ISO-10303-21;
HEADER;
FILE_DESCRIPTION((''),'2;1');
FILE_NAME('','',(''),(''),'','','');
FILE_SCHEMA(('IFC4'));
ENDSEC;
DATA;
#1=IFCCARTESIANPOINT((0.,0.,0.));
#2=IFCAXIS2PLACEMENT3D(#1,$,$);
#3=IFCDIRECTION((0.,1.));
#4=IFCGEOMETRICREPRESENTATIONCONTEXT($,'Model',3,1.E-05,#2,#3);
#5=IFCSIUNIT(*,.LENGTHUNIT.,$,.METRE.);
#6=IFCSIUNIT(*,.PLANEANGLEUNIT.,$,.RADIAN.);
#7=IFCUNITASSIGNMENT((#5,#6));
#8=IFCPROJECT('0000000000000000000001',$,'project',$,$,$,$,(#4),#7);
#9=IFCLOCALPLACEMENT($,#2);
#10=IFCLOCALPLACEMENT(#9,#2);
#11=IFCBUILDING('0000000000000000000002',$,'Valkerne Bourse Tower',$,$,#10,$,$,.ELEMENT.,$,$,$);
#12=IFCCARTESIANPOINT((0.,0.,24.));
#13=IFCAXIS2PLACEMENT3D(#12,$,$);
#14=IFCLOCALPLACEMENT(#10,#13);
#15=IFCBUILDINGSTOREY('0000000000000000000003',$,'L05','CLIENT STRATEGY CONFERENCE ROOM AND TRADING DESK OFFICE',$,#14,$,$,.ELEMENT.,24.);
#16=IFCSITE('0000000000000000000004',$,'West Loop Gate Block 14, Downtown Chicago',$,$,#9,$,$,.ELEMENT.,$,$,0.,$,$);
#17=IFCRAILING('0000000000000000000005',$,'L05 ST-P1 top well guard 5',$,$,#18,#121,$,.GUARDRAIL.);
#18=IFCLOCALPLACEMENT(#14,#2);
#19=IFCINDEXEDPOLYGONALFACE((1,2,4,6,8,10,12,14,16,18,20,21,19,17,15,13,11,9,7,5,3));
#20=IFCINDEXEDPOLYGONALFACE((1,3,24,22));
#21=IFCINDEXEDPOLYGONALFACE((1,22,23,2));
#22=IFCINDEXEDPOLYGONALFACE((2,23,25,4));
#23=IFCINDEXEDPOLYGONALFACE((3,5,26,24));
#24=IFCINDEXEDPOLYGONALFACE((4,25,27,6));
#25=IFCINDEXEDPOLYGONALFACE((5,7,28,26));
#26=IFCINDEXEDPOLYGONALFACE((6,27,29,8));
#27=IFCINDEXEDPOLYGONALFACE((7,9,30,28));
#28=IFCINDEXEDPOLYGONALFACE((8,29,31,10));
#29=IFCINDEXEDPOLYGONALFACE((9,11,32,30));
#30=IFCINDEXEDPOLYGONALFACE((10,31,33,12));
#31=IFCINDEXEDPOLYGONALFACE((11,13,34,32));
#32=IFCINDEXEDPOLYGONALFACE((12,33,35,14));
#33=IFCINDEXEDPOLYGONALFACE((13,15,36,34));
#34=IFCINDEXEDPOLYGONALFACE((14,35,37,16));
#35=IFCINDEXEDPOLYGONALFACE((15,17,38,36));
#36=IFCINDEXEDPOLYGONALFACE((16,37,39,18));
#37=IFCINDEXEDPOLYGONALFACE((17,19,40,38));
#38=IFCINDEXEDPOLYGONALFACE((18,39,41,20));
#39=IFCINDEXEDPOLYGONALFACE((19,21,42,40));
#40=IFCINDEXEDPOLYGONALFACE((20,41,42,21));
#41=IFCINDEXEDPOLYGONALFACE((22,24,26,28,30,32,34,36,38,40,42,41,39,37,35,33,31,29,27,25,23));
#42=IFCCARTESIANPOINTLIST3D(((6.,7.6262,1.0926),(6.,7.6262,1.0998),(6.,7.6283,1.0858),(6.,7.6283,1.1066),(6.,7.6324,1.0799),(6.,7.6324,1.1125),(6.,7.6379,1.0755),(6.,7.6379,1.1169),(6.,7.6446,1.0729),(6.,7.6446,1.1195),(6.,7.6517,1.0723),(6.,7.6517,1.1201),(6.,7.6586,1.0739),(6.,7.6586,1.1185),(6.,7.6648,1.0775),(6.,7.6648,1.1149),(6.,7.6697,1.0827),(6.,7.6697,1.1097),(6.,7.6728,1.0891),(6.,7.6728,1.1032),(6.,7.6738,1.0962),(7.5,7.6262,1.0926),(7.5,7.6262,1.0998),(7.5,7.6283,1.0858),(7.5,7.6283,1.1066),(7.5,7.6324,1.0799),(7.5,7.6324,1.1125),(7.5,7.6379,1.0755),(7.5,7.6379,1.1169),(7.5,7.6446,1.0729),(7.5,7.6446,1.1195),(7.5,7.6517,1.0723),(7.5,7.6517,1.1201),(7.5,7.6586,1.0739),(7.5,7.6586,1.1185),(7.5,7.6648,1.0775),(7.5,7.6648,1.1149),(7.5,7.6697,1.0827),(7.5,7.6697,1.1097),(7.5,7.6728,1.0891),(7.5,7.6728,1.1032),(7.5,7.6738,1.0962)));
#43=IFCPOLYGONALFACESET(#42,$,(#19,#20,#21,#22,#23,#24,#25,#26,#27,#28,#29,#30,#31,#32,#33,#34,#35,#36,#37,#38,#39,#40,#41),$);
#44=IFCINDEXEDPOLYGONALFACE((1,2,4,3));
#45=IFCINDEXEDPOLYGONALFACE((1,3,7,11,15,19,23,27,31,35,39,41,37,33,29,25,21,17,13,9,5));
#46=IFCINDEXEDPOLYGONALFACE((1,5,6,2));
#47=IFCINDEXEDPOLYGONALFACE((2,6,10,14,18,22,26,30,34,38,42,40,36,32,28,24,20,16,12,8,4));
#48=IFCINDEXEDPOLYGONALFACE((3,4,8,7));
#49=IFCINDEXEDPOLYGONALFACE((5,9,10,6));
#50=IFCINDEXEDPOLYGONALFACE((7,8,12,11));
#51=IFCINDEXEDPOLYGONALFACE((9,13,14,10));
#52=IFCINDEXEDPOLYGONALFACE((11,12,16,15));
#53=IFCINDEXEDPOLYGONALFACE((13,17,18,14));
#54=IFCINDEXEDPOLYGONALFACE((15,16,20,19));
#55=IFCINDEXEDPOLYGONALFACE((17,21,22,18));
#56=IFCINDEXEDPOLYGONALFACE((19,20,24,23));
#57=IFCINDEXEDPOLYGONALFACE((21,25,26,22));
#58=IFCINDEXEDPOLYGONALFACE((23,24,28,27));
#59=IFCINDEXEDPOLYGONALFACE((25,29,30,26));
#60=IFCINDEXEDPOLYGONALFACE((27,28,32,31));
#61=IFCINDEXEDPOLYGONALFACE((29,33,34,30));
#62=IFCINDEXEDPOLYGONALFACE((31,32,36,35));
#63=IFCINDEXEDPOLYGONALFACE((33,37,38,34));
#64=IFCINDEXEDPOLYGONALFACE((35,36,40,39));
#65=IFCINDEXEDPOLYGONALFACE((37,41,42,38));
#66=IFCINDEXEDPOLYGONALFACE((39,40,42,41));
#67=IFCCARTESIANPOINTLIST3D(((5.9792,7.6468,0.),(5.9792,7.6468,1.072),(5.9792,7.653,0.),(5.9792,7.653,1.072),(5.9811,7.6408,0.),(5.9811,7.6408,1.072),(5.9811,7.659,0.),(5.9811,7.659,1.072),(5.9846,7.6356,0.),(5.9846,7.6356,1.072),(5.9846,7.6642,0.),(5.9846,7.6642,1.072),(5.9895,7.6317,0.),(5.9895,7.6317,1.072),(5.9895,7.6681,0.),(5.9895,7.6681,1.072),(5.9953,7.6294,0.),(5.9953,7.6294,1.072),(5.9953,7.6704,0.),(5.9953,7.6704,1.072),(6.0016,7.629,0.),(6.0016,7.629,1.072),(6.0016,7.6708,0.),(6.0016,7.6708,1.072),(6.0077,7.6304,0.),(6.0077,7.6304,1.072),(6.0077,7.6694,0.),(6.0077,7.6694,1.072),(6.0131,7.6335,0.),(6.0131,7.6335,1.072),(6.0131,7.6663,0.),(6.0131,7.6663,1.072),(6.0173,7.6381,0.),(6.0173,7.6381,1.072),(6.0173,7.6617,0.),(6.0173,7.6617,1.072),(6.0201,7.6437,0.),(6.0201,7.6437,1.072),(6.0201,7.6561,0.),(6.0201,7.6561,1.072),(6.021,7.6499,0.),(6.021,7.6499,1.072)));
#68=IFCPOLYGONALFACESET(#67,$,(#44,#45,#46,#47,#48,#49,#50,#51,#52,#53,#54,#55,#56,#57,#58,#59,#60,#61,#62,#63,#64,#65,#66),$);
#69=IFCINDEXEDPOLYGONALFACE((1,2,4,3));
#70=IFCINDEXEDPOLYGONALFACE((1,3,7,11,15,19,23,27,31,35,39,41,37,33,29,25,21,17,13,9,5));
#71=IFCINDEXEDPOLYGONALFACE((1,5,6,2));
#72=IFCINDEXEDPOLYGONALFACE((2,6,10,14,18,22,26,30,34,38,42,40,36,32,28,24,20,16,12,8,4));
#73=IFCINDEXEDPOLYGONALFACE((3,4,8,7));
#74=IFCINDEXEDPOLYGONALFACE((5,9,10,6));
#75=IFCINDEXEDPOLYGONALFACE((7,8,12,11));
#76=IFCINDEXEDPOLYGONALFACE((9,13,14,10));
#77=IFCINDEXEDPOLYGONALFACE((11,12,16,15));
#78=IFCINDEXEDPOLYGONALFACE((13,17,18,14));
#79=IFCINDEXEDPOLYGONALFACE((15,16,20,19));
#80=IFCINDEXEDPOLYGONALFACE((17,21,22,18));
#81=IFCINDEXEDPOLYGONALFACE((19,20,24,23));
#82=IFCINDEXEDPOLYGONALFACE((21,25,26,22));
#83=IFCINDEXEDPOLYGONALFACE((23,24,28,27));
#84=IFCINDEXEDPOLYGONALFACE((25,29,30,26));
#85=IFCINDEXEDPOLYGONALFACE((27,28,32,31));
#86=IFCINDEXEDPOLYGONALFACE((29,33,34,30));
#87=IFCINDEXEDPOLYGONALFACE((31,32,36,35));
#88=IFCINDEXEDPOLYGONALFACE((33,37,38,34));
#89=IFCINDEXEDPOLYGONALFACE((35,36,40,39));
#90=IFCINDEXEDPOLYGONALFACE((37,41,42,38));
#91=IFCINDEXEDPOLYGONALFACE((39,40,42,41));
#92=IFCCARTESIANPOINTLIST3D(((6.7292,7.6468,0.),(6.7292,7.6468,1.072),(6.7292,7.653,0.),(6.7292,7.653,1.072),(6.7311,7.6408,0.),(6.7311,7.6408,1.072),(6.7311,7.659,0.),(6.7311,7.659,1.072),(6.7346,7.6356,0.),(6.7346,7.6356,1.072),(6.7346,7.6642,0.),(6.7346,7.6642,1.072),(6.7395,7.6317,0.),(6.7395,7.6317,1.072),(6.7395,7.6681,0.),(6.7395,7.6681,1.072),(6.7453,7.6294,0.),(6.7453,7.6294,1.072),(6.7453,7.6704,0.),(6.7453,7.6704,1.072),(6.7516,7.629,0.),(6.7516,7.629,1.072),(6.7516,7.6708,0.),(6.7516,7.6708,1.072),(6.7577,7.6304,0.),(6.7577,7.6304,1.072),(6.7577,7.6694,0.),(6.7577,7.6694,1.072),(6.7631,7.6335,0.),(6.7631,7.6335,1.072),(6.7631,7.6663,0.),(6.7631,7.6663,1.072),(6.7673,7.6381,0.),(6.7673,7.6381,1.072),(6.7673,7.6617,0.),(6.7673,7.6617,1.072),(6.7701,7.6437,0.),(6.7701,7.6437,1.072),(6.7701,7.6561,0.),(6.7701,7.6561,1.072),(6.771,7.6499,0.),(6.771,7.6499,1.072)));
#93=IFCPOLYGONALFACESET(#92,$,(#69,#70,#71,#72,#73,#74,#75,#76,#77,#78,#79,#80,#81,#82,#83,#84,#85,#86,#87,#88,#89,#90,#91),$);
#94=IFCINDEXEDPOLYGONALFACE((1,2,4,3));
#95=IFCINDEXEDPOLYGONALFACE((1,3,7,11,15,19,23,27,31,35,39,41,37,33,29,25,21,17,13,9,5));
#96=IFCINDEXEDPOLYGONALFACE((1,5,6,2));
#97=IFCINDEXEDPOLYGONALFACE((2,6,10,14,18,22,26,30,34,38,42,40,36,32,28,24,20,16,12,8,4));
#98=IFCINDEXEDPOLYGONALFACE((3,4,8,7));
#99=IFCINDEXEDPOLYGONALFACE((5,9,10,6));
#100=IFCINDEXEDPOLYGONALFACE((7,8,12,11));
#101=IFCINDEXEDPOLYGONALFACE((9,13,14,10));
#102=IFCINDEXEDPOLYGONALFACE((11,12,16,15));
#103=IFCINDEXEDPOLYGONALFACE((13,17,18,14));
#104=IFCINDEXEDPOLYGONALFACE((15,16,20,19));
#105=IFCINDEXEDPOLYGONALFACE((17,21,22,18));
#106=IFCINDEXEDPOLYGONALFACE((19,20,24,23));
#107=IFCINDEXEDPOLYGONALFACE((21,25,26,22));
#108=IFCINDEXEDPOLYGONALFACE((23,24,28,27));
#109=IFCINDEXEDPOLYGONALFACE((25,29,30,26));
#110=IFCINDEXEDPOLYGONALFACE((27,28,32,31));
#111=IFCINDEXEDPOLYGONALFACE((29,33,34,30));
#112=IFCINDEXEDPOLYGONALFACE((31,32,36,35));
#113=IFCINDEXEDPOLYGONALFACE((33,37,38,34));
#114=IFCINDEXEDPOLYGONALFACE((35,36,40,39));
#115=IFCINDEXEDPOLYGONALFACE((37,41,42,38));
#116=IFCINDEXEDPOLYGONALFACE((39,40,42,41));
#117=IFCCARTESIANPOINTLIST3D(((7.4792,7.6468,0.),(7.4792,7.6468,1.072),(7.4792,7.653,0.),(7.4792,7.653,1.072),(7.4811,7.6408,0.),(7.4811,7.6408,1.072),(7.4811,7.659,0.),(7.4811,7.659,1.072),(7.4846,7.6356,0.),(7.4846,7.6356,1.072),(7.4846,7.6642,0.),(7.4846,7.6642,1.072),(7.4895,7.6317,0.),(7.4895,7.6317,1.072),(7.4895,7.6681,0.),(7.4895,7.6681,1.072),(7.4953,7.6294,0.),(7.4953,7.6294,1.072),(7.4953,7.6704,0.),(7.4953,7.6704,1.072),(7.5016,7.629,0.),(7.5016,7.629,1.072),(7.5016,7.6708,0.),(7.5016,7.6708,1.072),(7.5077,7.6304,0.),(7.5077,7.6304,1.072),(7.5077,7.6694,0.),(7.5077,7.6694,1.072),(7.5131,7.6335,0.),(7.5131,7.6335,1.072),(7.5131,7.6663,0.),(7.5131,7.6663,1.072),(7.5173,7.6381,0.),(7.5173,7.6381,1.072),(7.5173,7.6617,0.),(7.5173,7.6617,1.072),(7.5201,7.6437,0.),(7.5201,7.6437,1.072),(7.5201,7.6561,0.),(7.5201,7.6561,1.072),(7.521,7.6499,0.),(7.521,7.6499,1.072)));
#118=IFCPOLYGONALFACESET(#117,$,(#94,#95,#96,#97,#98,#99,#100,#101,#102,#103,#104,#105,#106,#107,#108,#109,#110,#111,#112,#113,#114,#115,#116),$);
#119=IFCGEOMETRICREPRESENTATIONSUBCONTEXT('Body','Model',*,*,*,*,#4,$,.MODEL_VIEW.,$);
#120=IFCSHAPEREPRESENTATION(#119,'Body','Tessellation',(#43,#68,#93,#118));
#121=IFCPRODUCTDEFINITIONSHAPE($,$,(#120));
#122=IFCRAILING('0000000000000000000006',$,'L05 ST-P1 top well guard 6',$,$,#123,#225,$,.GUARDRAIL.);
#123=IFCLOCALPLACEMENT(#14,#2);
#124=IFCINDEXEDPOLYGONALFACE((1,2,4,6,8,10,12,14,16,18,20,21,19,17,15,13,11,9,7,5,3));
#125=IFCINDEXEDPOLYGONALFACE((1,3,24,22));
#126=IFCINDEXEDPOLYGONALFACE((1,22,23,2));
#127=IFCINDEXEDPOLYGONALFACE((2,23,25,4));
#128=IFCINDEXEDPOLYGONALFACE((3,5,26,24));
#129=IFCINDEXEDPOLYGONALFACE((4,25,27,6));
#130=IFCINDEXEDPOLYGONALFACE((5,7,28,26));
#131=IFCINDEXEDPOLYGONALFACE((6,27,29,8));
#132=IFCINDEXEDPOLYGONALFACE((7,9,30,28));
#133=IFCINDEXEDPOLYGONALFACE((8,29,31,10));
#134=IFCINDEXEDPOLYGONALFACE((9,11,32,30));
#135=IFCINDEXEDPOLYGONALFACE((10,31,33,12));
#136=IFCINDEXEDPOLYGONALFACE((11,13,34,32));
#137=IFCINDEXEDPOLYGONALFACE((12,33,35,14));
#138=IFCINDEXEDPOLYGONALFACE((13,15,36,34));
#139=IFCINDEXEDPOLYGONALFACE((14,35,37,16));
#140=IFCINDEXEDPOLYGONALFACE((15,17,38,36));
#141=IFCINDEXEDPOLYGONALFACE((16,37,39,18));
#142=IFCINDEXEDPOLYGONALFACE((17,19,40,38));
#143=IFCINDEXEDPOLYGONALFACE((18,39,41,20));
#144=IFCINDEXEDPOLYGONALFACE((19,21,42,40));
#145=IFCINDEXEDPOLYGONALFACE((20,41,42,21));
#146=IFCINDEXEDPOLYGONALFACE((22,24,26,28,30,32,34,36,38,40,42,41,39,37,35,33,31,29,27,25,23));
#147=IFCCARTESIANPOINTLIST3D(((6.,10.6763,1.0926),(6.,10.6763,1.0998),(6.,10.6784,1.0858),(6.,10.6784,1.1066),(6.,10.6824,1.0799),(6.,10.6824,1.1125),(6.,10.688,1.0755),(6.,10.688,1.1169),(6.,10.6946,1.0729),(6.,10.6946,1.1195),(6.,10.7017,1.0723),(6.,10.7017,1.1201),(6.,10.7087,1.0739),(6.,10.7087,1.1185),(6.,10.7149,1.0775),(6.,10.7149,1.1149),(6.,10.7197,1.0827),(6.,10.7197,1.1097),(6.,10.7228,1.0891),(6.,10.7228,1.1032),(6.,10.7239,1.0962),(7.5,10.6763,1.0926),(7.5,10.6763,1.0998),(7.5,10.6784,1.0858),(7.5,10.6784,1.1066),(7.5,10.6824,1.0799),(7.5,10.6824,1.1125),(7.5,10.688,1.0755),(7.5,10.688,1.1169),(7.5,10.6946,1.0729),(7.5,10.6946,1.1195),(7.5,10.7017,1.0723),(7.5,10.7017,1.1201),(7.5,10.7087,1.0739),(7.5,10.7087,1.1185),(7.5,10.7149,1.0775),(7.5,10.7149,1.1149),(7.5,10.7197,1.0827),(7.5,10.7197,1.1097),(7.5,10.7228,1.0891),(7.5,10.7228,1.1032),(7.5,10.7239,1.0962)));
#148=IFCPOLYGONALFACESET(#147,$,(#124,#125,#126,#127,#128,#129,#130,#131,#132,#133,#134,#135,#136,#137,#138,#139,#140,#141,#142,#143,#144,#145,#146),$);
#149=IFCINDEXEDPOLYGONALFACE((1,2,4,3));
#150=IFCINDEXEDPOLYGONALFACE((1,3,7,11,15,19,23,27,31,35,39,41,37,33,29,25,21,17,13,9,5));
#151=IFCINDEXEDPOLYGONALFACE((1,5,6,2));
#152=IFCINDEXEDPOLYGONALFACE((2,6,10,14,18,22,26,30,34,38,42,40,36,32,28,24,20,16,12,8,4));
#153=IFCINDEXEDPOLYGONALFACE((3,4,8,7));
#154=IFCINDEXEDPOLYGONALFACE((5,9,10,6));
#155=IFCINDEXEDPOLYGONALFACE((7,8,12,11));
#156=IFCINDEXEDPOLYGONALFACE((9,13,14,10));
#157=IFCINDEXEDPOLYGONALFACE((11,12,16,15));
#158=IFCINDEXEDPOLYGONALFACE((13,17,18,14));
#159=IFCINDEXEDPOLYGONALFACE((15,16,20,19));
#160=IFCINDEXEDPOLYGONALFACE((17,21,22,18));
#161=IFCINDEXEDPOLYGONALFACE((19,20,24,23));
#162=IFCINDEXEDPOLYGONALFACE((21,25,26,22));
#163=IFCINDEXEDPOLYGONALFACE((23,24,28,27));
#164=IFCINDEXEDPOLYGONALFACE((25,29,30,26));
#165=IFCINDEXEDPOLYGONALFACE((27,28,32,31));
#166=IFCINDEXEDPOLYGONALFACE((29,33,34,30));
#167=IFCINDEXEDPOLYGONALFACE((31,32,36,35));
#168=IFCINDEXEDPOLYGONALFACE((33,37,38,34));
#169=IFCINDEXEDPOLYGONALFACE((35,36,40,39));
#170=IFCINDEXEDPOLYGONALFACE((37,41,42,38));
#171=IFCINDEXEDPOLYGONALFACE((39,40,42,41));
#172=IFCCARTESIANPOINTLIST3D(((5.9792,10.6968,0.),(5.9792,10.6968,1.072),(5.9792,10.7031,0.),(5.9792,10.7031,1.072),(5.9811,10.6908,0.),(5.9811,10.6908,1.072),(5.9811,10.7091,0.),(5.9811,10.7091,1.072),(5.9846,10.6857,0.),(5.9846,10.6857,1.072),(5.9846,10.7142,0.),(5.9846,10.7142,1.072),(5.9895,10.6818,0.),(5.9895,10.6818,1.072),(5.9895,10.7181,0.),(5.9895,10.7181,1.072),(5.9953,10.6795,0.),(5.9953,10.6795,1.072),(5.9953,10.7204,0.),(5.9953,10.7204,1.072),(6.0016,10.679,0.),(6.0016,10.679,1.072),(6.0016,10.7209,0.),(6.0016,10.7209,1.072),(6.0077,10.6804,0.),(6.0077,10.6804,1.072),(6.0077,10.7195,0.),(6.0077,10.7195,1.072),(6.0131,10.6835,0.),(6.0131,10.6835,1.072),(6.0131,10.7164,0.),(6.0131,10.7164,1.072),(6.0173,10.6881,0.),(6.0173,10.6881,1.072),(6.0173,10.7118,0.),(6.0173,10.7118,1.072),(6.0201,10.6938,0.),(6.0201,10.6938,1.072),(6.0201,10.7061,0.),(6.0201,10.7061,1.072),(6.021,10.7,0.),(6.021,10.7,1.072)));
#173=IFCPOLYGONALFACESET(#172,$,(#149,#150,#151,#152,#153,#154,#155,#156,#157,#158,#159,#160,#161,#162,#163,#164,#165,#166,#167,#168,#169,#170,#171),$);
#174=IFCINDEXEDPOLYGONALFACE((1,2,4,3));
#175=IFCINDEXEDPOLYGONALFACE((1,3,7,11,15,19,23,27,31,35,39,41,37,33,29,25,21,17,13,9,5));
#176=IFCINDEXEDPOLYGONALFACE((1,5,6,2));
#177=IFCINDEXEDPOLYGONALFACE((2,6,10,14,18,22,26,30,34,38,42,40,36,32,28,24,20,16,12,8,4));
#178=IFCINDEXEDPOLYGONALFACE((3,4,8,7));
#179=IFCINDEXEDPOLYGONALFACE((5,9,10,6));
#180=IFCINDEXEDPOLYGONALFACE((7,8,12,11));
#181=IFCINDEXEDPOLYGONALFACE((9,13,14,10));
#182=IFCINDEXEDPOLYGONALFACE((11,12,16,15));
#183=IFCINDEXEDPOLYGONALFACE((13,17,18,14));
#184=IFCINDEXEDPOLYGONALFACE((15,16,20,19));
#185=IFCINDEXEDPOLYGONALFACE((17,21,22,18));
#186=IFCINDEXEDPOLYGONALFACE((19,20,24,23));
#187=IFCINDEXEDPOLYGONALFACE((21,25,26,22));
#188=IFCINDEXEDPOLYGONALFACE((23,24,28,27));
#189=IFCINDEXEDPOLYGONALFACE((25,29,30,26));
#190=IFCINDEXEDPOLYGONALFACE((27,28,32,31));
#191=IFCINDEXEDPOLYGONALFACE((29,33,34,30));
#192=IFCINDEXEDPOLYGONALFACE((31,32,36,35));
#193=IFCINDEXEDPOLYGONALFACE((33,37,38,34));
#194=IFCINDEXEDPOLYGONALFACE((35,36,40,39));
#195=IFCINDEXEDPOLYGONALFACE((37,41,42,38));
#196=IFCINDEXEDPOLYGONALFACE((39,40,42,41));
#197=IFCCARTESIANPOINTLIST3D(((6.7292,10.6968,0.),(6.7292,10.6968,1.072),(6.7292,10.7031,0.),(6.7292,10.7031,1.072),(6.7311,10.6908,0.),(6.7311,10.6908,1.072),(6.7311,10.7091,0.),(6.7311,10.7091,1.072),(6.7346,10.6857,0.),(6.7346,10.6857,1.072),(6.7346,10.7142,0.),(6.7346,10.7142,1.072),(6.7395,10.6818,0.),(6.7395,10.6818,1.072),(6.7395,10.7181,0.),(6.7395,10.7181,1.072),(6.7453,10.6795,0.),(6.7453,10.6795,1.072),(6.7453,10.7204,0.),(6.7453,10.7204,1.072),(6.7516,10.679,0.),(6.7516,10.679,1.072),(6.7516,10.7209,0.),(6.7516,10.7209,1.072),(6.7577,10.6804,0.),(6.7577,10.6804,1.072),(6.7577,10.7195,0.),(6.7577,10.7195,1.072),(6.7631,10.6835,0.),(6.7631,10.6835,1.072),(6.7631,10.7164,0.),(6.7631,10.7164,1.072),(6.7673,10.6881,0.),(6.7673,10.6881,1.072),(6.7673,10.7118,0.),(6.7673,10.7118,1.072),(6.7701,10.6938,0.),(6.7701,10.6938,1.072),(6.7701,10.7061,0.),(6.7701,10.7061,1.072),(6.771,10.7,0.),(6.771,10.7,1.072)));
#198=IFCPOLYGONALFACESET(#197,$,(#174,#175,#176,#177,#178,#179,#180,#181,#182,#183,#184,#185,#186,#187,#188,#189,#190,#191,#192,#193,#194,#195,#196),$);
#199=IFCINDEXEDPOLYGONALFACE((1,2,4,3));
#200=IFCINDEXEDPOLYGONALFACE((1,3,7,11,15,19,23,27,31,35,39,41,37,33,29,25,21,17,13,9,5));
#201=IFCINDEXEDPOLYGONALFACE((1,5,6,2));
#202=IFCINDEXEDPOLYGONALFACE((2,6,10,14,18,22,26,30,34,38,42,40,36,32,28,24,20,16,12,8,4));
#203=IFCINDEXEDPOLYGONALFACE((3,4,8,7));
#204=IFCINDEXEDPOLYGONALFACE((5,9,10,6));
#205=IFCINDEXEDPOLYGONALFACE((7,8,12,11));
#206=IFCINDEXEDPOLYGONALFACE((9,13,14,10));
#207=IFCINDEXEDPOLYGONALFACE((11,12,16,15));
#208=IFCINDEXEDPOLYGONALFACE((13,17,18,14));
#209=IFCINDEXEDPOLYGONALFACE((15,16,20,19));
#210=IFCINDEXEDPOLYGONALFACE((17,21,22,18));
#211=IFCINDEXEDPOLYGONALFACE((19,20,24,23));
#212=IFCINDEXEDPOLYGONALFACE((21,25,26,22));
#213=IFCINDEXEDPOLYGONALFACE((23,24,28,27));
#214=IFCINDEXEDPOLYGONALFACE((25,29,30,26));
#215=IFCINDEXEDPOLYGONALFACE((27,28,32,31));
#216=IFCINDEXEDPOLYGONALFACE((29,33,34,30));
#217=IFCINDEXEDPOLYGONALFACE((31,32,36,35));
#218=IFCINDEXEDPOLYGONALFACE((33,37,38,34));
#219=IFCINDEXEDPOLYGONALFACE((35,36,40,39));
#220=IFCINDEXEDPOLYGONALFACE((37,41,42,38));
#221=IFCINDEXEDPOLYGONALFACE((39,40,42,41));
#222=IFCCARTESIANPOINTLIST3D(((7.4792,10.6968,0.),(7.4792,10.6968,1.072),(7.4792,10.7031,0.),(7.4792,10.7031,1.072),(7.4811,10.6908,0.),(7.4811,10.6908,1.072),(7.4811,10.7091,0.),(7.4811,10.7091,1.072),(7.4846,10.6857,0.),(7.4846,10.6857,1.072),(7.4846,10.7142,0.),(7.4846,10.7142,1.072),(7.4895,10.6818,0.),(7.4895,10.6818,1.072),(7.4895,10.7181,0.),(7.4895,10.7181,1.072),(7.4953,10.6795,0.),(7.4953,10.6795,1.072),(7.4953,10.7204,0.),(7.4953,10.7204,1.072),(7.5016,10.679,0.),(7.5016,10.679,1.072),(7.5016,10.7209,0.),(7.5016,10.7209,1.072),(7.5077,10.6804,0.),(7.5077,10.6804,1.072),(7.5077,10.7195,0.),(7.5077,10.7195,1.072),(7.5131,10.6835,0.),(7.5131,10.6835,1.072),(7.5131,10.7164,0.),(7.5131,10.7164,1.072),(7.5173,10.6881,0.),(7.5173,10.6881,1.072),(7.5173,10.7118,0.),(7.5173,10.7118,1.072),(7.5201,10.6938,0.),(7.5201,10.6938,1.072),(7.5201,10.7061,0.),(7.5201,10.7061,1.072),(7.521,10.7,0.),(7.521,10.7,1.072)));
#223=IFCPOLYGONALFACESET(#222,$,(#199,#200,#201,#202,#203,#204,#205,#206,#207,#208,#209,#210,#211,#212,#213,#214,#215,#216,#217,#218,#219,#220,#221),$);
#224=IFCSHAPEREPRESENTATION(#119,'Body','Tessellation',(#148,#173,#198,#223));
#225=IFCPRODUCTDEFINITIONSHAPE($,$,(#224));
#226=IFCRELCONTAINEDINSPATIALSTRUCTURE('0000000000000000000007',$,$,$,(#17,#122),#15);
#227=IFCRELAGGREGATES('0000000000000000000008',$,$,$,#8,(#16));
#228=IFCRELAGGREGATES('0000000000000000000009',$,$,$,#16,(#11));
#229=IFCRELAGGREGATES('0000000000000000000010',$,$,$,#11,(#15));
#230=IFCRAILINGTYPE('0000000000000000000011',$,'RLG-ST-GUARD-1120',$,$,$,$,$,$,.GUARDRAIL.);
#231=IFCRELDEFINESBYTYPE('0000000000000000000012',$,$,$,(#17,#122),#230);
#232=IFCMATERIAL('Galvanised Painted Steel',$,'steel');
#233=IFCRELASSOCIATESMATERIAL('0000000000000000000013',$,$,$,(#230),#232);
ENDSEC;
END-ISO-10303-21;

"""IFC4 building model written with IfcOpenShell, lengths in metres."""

from ifc_helpers import new_model, si_unit, direction, frame, origin, origin_2d, place, context, subcontext, project, spatial, circle, extrude, material, type_object, element, save


model = new_model("IFC4")

# Units and contexts
model_context = context("Model", 3, precision=1e-05, world=origin(), true_north=direction((0.0, 1.0)))
body_context = subcontext(model_context, "Body", "Model", "MODEL_VIEW")
ifc_project = project(units=[si_unit("LENGTHUNIT", "METRE"), si_unit("PLANEANGLEUNIT", "RADIAN")], contexts=[model_context])

# Site, building, storey
site_placement = place(None, origin())
site = spatial("IfcSite", under=ifc_project, at=site_placement, Name="West Loop Gate Block 14, Downtown Chicago", CompositionType="ELEMENT", RefElevation=0.0)
building_placement = place(site_placement, origin())
building = spatial("IfcBuilding", under=site, at=building_placement, Name="Valkerne Bourse Tower", CompositionType="ELEMENT")
storey_placement = place(building_placement, frame((0.0, 0.0, 24.0)))
storey = spatial("IfcBuildingStorey", under=building, at=storey_placement, Name="L05", Description="CLIENT STRATEGY CONFERENCE ROOM AND TRADING DESK OFFICE", CompositionType="ELEMENT", Elevation=24.0)

# Railings
ifc_material_1 = material(Name="Galvanised Painted Steel", Category="steel")
railing_type_1 = type_object("IfcRailingType", Name="RLG-ST-GUARD-1120", PredefinedType="GUARDRAIL", material=ifc_material_1)
for number, where, name in (
    (1, (6.0, 7.6499, 0.0), "L05 ST-P1 top well guard 5"),
    (2, (6.0, 10.7, 0.0), "L05 ST-P1 top well guard 6"),
):
    element("IfcRailing", number, at=place(storey_placement, frame(where)), inside=storey, type_object=railing_type_1, Name=name, PredefinedType="GUARDRAIL", context=body_context, shape_type="SweptSolid", body=[
        extrude(circle(Radius=0.0239, at=origin_2d()), frame((0.0, 0.0, 1.0962), z_axis=(1.0, 0.0, 0.0), x_axis=(0.0, 1.0, 0.0)), (0.0, 0.0, 1.0), 1.5),
        extrude(circle(Radius=0.021, at=origin_2d()), origin(), (0.0, 0.0, 1.0), 1.072),
        extrude(circle(Radius=0.021, at=origin_2d()), frame((0.75, 0.0, 0.0)), (0.0, 0.0, 1.0), 1.072),
        extrude(circle(Radius=0.021, at=origin_2d()), frame((1.5, 0.0, 0.0)), (0.0, 0.0, 1.0), 1.072),
    ])

save(model, "model.ifc")
